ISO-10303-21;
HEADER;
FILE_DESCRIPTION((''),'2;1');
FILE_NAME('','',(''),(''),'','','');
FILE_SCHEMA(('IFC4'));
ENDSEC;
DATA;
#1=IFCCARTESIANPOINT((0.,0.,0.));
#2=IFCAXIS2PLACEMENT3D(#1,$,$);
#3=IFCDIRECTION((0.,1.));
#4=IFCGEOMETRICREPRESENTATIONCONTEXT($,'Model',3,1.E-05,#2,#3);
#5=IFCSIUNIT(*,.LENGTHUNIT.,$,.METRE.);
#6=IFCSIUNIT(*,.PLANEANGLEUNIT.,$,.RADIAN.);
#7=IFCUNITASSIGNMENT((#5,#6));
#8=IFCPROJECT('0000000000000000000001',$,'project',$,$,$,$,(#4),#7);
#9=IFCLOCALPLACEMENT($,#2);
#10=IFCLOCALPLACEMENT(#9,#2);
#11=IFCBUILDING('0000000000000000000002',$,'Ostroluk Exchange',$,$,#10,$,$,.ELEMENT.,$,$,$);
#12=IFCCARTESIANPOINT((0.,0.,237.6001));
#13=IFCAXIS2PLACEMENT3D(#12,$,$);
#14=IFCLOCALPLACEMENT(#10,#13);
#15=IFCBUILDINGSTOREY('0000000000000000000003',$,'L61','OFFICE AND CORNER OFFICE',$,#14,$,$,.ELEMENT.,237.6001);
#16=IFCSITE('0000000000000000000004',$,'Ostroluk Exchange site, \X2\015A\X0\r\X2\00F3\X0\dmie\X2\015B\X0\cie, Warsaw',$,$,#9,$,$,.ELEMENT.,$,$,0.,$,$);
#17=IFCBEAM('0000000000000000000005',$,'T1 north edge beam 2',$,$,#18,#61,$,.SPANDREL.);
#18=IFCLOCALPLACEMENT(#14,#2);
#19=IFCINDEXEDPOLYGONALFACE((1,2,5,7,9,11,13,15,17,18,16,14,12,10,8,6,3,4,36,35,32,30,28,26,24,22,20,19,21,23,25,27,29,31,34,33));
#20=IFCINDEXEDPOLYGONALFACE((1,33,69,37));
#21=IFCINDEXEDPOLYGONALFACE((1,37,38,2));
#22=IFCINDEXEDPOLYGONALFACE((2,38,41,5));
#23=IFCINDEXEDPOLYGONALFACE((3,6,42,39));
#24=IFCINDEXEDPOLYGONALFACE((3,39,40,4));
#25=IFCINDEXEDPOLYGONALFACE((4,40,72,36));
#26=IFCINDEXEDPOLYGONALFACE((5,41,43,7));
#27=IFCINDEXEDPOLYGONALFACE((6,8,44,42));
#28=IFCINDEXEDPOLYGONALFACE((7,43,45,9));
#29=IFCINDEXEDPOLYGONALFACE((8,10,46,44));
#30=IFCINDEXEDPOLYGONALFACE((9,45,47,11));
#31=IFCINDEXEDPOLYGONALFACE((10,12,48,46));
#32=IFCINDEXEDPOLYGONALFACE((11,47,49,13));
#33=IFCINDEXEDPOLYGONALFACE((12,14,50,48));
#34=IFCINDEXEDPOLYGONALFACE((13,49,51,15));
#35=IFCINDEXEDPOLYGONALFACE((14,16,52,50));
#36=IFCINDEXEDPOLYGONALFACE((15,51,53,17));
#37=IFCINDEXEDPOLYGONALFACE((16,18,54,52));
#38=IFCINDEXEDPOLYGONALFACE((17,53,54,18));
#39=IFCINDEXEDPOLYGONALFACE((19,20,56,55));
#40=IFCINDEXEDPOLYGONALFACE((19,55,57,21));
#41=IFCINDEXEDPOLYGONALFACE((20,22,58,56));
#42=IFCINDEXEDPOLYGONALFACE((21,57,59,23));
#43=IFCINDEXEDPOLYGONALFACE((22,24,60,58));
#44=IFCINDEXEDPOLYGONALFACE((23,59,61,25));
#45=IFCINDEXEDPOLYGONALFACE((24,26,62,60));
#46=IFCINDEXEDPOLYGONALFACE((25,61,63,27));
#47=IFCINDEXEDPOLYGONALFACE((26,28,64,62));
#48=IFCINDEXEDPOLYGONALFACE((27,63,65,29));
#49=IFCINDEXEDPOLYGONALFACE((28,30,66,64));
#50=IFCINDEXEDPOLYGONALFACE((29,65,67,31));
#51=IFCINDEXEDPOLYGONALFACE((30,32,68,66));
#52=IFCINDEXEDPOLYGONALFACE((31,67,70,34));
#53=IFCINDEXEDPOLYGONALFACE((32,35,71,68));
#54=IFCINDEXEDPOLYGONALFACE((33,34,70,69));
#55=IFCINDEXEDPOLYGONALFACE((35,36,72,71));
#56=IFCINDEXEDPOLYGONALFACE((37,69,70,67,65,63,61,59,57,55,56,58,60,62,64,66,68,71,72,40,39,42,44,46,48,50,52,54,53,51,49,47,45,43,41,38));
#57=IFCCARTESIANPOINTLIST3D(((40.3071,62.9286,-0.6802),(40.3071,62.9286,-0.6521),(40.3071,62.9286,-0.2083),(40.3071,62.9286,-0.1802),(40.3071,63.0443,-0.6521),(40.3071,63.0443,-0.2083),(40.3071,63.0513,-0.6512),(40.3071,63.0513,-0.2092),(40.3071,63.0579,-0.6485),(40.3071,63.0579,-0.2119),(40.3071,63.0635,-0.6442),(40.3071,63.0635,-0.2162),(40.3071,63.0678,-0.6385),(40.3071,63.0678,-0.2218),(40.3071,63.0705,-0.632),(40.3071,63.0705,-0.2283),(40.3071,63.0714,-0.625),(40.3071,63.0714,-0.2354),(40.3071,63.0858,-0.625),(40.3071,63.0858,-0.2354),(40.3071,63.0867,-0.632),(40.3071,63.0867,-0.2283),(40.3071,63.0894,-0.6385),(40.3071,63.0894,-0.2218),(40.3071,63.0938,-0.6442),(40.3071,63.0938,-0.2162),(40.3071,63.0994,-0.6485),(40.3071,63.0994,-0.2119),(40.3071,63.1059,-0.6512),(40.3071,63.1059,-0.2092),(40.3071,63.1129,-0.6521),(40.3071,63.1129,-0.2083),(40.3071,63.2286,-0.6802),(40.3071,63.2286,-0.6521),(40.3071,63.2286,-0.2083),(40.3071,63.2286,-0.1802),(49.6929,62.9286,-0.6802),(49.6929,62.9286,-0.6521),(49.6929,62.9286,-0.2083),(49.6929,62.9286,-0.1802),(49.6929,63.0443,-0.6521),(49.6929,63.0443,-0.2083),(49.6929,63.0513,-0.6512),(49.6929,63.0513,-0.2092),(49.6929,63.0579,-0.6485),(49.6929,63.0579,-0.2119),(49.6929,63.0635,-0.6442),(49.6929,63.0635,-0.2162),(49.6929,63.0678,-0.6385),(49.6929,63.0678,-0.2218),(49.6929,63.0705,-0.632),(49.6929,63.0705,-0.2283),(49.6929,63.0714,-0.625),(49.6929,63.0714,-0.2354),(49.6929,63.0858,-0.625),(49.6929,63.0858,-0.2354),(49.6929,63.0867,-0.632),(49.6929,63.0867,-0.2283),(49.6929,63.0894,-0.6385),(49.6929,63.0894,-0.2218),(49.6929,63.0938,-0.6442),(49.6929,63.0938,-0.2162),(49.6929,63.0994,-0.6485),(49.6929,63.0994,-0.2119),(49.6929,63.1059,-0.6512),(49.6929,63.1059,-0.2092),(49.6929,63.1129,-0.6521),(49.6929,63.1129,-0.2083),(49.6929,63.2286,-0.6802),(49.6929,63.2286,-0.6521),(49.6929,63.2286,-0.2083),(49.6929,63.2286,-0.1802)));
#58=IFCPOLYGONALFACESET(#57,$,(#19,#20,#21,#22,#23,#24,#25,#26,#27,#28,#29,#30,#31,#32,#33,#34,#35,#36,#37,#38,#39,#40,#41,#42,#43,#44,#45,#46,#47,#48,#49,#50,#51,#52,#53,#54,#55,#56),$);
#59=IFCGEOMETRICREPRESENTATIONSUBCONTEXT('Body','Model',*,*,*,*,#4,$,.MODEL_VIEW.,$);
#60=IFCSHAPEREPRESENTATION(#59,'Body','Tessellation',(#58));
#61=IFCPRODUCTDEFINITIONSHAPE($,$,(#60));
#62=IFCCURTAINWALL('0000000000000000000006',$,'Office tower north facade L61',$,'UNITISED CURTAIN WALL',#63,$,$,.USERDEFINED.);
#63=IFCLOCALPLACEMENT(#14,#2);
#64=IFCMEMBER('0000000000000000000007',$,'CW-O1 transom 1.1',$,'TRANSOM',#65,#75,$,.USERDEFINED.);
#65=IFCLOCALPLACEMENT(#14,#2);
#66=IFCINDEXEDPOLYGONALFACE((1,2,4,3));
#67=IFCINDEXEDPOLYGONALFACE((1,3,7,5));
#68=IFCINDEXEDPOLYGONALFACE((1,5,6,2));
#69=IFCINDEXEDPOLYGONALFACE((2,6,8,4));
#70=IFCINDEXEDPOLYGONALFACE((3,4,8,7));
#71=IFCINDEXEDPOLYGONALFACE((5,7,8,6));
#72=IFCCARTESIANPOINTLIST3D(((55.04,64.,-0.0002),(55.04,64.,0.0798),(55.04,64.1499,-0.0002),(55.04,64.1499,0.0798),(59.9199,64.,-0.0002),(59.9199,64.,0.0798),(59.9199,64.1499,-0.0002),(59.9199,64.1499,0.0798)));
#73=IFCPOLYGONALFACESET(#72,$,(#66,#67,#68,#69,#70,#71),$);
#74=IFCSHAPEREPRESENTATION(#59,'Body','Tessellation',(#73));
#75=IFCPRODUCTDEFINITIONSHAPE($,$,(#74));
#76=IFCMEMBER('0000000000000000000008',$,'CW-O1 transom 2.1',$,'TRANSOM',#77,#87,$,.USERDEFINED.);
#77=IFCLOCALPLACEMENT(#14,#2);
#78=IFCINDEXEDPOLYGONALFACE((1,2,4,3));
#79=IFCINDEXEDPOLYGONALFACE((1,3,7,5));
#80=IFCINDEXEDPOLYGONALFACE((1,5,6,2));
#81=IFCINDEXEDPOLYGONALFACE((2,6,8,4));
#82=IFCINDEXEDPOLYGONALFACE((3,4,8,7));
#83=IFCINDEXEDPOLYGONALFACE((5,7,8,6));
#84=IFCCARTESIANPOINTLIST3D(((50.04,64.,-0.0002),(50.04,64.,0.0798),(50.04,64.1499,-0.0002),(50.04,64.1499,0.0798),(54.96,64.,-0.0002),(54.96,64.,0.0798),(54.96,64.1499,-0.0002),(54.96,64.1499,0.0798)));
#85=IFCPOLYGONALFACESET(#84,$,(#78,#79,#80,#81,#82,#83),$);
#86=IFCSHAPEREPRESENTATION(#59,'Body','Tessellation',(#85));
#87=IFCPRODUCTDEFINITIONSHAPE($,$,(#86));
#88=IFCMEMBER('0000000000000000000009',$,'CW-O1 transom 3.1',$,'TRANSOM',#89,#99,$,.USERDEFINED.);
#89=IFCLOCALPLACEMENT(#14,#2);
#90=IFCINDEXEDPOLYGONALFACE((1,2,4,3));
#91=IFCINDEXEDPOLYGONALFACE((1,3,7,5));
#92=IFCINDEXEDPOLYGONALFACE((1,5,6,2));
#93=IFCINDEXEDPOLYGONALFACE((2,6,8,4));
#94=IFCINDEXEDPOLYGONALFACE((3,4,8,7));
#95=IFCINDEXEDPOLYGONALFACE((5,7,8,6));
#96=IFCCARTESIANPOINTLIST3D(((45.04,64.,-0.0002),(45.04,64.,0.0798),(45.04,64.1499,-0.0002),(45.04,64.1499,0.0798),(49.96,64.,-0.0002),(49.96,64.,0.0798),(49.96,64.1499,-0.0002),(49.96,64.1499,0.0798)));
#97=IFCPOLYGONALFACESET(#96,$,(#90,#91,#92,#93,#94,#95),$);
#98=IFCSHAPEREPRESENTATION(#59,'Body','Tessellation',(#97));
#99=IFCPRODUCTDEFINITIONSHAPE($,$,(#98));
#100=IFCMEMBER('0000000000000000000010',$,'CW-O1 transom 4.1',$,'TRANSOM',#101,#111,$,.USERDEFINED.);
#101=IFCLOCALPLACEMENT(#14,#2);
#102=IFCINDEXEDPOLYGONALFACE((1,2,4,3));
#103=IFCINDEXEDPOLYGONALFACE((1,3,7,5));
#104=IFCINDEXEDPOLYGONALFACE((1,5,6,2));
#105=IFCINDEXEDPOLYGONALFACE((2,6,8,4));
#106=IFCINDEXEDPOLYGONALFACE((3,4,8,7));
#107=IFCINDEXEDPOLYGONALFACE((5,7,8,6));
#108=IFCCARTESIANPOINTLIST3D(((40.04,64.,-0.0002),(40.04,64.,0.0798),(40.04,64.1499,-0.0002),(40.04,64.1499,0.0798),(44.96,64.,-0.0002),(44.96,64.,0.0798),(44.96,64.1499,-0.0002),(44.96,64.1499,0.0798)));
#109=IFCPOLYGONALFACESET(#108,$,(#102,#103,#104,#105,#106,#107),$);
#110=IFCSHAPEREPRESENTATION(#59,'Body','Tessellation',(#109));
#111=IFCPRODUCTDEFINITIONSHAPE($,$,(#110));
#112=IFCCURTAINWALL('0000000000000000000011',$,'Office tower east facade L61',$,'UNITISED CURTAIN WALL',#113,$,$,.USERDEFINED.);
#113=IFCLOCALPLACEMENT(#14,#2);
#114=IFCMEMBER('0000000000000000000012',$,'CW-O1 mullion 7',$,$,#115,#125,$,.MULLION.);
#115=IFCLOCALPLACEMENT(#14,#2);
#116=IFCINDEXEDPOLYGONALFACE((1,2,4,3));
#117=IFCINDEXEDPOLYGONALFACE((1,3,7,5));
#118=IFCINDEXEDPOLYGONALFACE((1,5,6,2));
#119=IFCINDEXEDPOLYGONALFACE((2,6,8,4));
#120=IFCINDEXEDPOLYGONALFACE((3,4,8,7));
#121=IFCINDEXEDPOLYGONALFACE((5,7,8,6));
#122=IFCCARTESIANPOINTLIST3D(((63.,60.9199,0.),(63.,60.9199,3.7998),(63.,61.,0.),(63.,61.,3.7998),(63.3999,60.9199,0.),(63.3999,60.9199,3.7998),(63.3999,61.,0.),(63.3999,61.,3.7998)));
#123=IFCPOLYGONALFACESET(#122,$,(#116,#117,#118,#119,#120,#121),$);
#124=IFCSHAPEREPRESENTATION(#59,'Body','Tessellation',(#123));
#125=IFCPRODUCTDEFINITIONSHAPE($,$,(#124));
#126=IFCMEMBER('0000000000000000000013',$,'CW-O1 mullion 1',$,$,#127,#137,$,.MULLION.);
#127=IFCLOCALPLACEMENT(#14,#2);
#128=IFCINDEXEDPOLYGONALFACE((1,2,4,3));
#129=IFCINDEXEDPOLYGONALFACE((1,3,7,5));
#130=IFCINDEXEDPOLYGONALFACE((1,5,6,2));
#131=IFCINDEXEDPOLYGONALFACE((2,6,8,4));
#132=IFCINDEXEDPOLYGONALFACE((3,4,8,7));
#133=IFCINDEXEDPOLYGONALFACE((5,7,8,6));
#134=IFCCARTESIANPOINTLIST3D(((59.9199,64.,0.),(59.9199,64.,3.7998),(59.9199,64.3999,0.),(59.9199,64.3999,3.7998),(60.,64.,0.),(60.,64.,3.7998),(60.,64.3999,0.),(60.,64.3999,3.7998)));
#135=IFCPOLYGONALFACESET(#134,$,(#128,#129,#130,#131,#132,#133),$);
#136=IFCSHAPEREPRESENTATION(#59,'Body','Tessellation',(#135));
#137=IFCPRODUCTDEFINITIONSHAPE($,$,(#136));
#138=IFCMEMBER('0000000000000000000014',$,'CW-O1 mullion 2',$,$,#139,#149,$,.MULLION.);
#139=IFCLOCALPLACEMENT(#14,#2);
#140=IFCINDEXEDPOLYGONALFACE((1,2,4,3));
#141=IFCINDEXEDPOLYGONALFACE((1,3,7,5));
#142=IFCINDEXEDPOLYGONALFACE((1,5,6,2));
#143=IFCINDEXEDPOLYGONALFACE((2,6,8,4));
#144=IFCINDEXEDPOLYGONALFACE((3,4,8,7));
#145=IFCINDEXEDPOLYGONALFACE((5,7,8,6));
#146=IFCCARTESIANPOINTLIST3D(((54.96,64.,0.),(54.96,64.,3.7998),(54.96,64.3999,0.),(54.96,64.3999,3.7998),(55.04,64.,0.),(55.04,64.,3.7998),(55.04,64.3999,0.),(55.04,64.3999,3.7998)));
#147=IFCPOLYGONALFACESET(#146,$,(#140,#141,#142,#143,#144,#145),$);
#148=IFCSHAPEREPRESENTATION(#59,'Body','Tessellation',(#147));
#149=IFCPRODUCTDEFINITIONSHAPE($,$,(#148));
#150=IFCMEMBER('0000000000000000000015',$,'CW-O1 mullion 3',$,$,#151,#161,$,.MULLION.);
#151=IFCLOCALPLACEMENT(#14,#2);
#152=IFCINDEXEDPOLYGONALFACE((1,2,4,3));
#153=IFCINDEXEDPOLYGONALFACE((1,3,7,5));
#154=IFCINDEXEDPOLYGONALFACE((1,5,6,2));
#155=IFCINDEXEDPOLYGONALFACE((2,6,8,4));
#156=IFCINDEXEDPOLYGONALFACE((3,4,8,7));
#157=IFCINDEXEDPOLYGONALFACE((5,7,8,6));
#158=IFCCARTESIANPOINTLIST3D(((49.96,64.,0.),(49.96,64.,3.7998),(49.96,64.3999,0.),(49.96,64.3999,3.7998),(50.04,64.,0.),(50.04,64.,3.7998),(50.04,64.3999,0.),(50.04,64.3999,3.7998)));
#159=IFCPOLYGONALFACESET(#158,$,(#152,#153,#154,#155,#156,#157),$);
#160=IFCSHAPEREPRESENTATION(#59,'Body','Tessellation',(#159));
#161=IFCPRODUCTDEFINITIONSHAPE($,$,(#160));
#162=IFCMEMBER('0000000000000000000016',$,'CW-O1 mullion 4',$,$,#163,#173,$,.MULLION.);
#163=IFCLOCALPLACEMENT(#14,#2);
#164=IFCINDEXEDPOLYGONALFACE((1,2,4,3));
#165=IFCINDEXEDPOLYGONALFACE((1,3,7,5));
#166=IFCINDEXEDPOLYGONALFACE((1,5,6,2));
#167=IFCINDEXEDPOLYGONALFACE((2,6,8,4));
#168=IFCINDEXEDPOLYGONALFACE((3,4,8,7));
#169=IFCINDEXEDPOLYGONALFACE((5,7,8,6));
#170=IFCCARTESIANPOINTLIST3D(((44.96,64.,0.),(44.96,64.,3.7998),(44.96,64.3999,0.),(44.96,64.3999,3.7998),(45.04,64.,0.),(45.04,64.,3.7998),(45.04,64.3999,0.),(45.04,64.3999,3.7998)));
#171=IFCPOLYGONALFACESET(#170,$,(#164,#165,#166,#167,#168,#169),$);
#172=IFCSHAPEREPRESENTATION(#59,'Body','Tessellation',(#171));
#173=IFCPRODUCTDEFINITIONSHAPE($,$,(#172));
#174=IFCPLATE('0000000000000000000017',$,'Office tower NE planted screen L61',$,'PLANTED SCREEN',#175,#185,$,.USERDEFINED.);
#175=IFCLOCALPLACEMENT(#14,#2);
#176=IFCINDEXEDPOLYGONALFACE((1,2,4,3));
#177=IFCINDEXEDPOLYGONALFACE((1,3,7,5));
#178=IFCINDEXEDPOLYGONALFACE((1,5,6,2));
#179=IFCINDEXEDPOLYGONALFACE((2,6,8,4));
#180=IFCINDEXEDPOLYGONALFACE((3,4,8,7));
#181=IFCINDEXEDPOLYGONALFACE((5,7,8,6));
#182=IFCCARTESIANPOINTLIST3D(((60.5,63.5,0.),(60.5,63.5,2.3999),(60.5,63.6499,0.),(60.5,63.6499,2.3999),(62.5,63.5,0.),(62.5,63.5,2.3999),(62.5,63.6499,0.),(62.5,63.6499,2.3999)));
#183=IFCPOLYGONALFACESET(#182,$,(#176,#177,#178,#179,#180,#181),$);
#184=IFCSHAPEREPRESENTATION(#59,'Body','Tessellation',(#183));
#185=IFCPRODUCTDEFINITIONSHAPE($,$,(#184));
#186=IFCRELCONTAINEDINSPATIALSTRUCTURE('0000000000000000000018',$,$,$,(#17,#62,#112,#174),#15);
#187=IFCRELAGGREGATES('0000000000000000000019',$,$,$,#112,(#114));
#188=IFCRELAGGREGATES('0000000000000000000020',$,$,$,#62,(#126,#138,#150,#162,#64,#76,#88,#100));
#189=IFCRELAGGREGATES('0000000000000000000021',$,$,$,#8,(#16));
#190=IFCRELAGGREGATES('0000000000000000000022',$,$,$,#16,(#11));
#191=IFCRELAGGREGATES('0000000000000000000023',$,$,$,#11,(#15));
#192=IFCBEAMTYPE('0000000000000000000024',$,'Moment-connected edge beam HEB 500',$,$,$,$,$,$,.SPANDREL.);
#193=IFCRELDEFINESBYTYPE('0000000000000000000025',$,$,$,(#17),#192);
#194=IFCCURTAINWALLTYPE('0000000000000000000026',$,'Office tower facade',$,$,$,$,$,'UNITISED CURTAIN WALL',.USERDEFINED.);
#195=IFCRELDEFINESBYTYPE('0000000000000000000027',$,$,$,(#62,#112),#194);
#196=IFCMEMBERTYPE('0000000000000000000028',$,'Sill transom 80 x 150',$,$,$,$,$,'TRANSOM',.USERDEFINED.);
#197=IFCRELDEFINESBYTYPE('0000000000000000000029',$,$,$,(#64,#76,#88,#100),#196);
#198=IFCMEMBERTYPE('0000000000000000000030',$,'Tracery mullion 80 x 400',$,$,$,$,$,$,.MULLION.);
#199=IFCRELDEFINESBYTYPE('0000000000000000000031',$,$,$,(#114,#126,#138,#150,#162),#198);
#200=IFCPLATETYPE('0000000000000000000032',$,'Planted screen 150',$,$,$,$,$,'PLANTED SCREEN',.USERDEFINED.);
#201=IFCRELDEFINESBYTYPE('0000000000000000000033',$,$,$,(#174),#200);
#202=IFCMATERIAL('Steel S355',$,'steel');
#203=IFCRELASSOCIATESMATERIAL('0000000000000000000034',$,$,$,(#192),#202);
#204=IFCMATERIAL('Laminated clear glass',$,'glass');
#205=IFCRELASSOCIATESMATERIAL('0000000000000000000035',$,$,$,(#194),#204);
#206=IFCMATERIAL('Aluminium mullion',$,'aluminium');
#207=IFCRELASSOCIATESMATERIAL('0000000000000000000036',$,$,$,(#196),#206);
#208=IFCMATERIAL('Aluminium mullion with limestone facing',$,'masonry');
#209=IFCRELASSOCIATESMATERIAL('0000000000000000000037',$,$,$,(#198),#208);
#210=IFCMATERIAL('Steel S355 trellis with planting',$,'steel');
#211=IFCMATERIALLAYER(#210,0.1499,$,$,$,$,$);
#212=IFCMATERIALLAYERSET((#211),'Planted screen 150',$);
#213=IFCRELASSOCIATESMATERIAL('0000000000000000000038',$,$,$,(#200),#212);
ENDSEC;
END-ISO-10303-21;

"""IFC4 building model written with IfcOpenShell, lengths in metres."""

from ifc_helpers import new_model, si_unit, direction, frame, origin, origin_2d, place, context, subcontext, project, spatial, rectangle, i_section, extrude, material, layer, layer_set, material_profile, profile_set, type_object, element, aggregate, save


model = new_model("IFC4")

# Units and contexts
model_context = context("Model", 3, precision=1e-05, world=origin(), true_north=direction((0.0, 1.0)))
body_context = subcontext(model_context, "Body", "Model", "MODEL_VIEW")
ifc_project = project(units=[si_unit("LENGTHUNIT", "METRE"), si_unit("PLANEANGLEUNIT", "RADIAN")], contexts=[model_context])

# Site, building, storey
site_placement = place(None, origin())
site = spatial("IfcSite", under=ifc_project, at=site_placement, Name="Ostroluk Exchange site, Śródmieście, Warsaw", CompositionType="ELEMENT", RefElevation=0.0)
building_placement = place(site_placement, origin())
building = spatial("IfcBuilding", under=site, at=building_placement, Name="Ostroluk Exchange", CompositionType="ELEMENT")
storey_placement = place(building_placement, frame((0.0, 0.0, 237.6001)))
storey = spatial("IfcBuildingStorey", under=building, at=storey_placement, Name="L61", Description="OFFICE AND CORNER OFFICE", CompositionType="ELEMENT", Elevation=237.6001)

# Beam
ifc_material_1 = material(Name="Steel S355", Category="steel")
ifc_material_profile_1 = material_profile(ifc_material_1, i_section(OverallWidth=0.3, OverallDepth=0.5, WebThickness=0.0144, FlangeThickness=0.0281, FilletRadius=0.0271, at=origin_2d()), Name="HEB 500")
ifc_profile_set_1 = profile_set([ifc_material_profile_1], Name="Steel S355")
beam_type_1 = type_object("IfcBeamType", Name="Moment-connected edge beam HEB 500", PredefinedType="SPANDREL", material=ifc_profile_set_1)
for number, where, z_axis, x_axis, name in (
    (1, (49.6929, 63.0786, -0.4302), (-1.0, 0.0, 0.0), (0.0, -1.0, 0.0), "T1 north edge beam 2"),
):
    element("IfcBeam", number, at=place(storey_placement, frame(where, z_axis=z_axis, x_axis=x_axis)), inside=storey, type_object=beam_type_1, Name=name, PredefinedType="SPANDREL", context=body_context, shape_type="SweptSolid", body=[
        extrude(i_section(OverallWidth=0.3, OverallDepth=0.5, WebThickness=0.0144, FlangeThickness=0.0281, FilletRadius=0.0271, at=origin_2d()), origin(), (0.0, 0.0, 1.0), 9.3857),
    ])

# Curtain wall, members
ifc_material_2 = material(Name="Laminated clear glass", Category="glass")
curtain_wall_type = type_object("IfcCurtainWallType", Name="Office tower facade", ElementType="UNITISED CURTAIN WALL", PredefinedType="USERDEFINED", material=ifc_material_2)
curtain_wall_1_placement = place(storey_placement, origin())
curtain_wall_1 = element("IfcCurtainWall", 2, at=curtain_wall_1_placement, inside=storey, type_object=curtain_wall_type, Name="Office tower north facade L61", ObjectType="UNITISED CURTAIN WALL", PredefinedType="USERDEFINED")
ifc_material_3 = material(Name="Aluminium mullion", Category="aluminium")
ifc_material_profile_2 = material_profile(ifc_material_3, rectangle(XDim=0.1499, YDim=0.0801, at=origin_2d()), Name="Sill transom 80 x 150")
ifc_profile_set_2 = profile_set([ifc_material_profile_2], Name="Aluminium mullion")
member_type_1 = type_object("IfcMemberType", Name="Sill transom 80 x 150", ElementType="TRANSOM", PredefinedType="USERDEFINED", material=ifc_profile_set_2)
member_1_placement = place(storey_placement, frame((59.9199, 64.075, 0.0398), z_axis=(-1.0, 0.0, 0.0), x_axis=(0.0, -1.0, 0.0)))
member_1 = element("IfcMember", 3, at=member_1_placement, type_object=member_type_1, Name="CW-O1 transom 1.1", ObjectType="TRANSOM", PredefinedType="USERDEFINED", context=body_context, shape_type="SweptSolid", body=[
    extrude(rectangle(XDim=0.1499, YDim=0.0801, at=origin_2d()), origin(), (0.0, 0.0, 1.0), 4.8799),
])
member_2_placement = place(storey_placement, frame((54.96, 64.075, 0.0398), z_axis=(-1.0, 0.0, 0.0), x_axis=(0.0, -1.0, 0.0)))
member_2 = element("IfcMember", 4, at=member_2_placement, type_object=member_type_1, Name="CW-O1 transom 2.1", ObjectType="TRANSOM", PredefinedType="USERDEFINED", context=body_context, shape_type="SweptSolid", body=[
    extrude(rectangle(XDim=0.1499, YDim=0.0801, at=origin_2d()), origin(), (0.0, 0.0, 1.0), 4.9199),
])
member_3_placement = place(storey_placement, frame((49.96, 64.075, 0.0398), z_axis=(-1.0, 0.0, 0.0), x_axis=(0.0, -1.0, 0.0)))
member_3 = element("IfcMember", 5, at=member_3_placement, type_object=member_type_1, Name="CW-O1 transom 3.1", ObjectType="TRANSOM", PredefinedType="USERDEFINED", context=body_context, shape_type="SweptSolid", body=[
    extrude(rectangle(XDim=0.1499, YDim=0.0801, at=origin_2d()), origin(), (0.0, 0.0, 1.0), 4.9199),
])
member_4_placement = place(storey_placement, frame((44.96, 64.075, 0.0398), z_axis=(-1.0, 0.0, 0.0), x_axis=(0.0, -1.0, 0.0)))
member_4 = element("IfcMember", 6, at=member_4_placement, type_object=member_type_1, Name="CW-O1 transom 4.1", ObjectType="TRANSOM", PredefinedType="USERDEFINED", context=body_context, shape_type="SweptSolid", body=[
    extrude(rectangle(XDim=0.1499, YDim=0.0801, at=origin_2d()), origin(), (0.0, 0.0, 1.0), 4.9199),
])

# Curtain wall, member
curtain_wall_2_placement = place(storey_placement, origin())
curtain_wall_2 = element("IfcCurtainWall", 7, at=curtain_wall_2_placement, inside=storey, type_object=curtain_wall_type, Name="Office tower east facade L61", ObjectType="UNITISED CURTAIN WALL", PredefinedType="USERDEFINED")
ifc_material_4 = material(Name="Aluminium mullion with limestone facing", Category="masonry")
ifc_material_profile_3 = material_profile(ifc_material_4, rectangle(XDim=0.3999, YDim=0.0801, at=origin_2d()), Name="Tracery mullion 80 x 400")
ifc_profile_set_3 = profile_set([ifc_material_profile_3], Name="Aluminium mullion with limestone facing")
member_type_2 = type_object("IfcMemberType", Name="Tracery mullion 80 x 400", PredefinedType="MULLION", material=ifc_profile_set_3)
member_5_placement = place(storey_placement, frame((63.2, 60.96, 0.0), z_axis=(0.0, 0.0, 1.0), x_axis=(-1.0, 0.0, 0.0)))
member_5 = element("IfcMember", 8, at=member_5_placement, type_object=member_type_2, Name="CW-O1 mullion 7", PredefinedType="MULLION", context=body_context, shape_type="SweptSolid", body=[
    extrude(rectangle(XDim=0.3999, YDim=0.0801, at=origin_2d()), origin(), (0.0, 0.0, 1.0), 3.7998),
])

# Members
member_6_placement = place(storey_placement, frame((59.96, 64.2, 0.0), z_axis=(0.0, 0.0, 1.0), x_axis=(0.0, -1.0, 0.0)))
member_6 = element("IfcMember", 9, at=member_6_placement, type_object=member_type_2, Name="CW-O1 mullion 1", PredefinedType="MULLION", context=body_context, shape_type="SweptSolid", body=[
    extrude(rectangle(XDim=0.3999, YDim=0.0801, at=origin_2d()), origin(), (0.0, 0.0, 1.0), 3.7998),
])
member_7_placement = place(storey_placement, frame((55.0, 64.2, 0.0), z_axis=(0.0, 0.0, 1.0), x_axis=(0.0, -1.0, 0.0)))
member_7 = element("IfcMember", 10, at=member_7_placement, type_object=member_type_2, Name="CW-O1 mullion 2", PredefinedType="MULLION", context=body_context, shape_type="SweptSolid", body=[
    extrude(rectangle(XDim=0.3999, YDim=0.0801, at=origin_2d()), origin(), (0.0, 0.0, 1.0), 3.7998),
])
member_8_placement = place(storey_placement, frame((50.0, 64.2, 0.0), z_axis=(0.0, 0.0, 1.0), x_axis=(0.0, -1.0, 0.0)))
member_8 = element("IfcMember", 11, at=member_8_placement, type_object=member_type_2, Name="CW-O1 mullion 3", PredefinedType="MULLION", context=body_context, shape_type="SweptSolid", body=[
    extrude(rectangle(XDim=0.3999, YDim=0.0801, at=origin_2d()), origin(), (0.0, 0.0, 1.0), 3.7998),
])
member_9_placement = place(storey_placement, frame((45.0, 64.2, 0.0), z_axis=(0.0, 0.0, 1.0), x_axis=(0.0, -1.0, 0.0)))
member_9 = element("IfcMember", 12, at=member_9_placement, type_object=member_type_2, Name="CW-O1 mullion 4", PredefinedType="MULLION", context=body_context, shape_type="SweptSolid", body=[
    extrude(rectangle(XDim=0.3999, YDim=0.0801, at=origin_2d()), origin(), (0.0, 0.0, 1.0), 3.7998),
])

# Plate
ifc_material_5 = material(Name="Steel S355 trellis with planting", Category="steel")
ifc_layer_1 = layer(ifc_material_5, 0.1499)
ifc_layer_set_1 = layer_set([ifc_layer_1], Name="Planted screen 150")
plate_type_1 = type_object("IfcPlateType", Name="Planted screen 150", ElementType="PLANTED SCREEN", PredefinedType="USERDEFINED", material=ifc_layer_set_1)
plate_1_placement = place(storey_placement, frame((61.5, 63.575, 0.0), z_axis=(0.0, 0.0, 1.0), x_axis=(1.0, 0.0, 0.0)))
element("IfcPlate", 13, at=plate_1_placement, inside=storey, type_object=plate_type_1, Name="Office tower NE planted screen L61", ObjectType="PLANTED SCREEN", PredefinedType="USERDEFINED", context=body_context, shape_type="SweptSolid", body=[
    extrude(rectangle(XDim=2.0, YDim=0.1499, at=origin_2d()), origin(), (0.0, 0.0, 1.0), 2.3999),
])
aggregate(curtain_wall_2, [member_5])
aggregate(curtain_wall_1, [member_6, member_7, member_8, member_9, member_1, member_2, member_3, member_4])

save(model, "model.ifc")
